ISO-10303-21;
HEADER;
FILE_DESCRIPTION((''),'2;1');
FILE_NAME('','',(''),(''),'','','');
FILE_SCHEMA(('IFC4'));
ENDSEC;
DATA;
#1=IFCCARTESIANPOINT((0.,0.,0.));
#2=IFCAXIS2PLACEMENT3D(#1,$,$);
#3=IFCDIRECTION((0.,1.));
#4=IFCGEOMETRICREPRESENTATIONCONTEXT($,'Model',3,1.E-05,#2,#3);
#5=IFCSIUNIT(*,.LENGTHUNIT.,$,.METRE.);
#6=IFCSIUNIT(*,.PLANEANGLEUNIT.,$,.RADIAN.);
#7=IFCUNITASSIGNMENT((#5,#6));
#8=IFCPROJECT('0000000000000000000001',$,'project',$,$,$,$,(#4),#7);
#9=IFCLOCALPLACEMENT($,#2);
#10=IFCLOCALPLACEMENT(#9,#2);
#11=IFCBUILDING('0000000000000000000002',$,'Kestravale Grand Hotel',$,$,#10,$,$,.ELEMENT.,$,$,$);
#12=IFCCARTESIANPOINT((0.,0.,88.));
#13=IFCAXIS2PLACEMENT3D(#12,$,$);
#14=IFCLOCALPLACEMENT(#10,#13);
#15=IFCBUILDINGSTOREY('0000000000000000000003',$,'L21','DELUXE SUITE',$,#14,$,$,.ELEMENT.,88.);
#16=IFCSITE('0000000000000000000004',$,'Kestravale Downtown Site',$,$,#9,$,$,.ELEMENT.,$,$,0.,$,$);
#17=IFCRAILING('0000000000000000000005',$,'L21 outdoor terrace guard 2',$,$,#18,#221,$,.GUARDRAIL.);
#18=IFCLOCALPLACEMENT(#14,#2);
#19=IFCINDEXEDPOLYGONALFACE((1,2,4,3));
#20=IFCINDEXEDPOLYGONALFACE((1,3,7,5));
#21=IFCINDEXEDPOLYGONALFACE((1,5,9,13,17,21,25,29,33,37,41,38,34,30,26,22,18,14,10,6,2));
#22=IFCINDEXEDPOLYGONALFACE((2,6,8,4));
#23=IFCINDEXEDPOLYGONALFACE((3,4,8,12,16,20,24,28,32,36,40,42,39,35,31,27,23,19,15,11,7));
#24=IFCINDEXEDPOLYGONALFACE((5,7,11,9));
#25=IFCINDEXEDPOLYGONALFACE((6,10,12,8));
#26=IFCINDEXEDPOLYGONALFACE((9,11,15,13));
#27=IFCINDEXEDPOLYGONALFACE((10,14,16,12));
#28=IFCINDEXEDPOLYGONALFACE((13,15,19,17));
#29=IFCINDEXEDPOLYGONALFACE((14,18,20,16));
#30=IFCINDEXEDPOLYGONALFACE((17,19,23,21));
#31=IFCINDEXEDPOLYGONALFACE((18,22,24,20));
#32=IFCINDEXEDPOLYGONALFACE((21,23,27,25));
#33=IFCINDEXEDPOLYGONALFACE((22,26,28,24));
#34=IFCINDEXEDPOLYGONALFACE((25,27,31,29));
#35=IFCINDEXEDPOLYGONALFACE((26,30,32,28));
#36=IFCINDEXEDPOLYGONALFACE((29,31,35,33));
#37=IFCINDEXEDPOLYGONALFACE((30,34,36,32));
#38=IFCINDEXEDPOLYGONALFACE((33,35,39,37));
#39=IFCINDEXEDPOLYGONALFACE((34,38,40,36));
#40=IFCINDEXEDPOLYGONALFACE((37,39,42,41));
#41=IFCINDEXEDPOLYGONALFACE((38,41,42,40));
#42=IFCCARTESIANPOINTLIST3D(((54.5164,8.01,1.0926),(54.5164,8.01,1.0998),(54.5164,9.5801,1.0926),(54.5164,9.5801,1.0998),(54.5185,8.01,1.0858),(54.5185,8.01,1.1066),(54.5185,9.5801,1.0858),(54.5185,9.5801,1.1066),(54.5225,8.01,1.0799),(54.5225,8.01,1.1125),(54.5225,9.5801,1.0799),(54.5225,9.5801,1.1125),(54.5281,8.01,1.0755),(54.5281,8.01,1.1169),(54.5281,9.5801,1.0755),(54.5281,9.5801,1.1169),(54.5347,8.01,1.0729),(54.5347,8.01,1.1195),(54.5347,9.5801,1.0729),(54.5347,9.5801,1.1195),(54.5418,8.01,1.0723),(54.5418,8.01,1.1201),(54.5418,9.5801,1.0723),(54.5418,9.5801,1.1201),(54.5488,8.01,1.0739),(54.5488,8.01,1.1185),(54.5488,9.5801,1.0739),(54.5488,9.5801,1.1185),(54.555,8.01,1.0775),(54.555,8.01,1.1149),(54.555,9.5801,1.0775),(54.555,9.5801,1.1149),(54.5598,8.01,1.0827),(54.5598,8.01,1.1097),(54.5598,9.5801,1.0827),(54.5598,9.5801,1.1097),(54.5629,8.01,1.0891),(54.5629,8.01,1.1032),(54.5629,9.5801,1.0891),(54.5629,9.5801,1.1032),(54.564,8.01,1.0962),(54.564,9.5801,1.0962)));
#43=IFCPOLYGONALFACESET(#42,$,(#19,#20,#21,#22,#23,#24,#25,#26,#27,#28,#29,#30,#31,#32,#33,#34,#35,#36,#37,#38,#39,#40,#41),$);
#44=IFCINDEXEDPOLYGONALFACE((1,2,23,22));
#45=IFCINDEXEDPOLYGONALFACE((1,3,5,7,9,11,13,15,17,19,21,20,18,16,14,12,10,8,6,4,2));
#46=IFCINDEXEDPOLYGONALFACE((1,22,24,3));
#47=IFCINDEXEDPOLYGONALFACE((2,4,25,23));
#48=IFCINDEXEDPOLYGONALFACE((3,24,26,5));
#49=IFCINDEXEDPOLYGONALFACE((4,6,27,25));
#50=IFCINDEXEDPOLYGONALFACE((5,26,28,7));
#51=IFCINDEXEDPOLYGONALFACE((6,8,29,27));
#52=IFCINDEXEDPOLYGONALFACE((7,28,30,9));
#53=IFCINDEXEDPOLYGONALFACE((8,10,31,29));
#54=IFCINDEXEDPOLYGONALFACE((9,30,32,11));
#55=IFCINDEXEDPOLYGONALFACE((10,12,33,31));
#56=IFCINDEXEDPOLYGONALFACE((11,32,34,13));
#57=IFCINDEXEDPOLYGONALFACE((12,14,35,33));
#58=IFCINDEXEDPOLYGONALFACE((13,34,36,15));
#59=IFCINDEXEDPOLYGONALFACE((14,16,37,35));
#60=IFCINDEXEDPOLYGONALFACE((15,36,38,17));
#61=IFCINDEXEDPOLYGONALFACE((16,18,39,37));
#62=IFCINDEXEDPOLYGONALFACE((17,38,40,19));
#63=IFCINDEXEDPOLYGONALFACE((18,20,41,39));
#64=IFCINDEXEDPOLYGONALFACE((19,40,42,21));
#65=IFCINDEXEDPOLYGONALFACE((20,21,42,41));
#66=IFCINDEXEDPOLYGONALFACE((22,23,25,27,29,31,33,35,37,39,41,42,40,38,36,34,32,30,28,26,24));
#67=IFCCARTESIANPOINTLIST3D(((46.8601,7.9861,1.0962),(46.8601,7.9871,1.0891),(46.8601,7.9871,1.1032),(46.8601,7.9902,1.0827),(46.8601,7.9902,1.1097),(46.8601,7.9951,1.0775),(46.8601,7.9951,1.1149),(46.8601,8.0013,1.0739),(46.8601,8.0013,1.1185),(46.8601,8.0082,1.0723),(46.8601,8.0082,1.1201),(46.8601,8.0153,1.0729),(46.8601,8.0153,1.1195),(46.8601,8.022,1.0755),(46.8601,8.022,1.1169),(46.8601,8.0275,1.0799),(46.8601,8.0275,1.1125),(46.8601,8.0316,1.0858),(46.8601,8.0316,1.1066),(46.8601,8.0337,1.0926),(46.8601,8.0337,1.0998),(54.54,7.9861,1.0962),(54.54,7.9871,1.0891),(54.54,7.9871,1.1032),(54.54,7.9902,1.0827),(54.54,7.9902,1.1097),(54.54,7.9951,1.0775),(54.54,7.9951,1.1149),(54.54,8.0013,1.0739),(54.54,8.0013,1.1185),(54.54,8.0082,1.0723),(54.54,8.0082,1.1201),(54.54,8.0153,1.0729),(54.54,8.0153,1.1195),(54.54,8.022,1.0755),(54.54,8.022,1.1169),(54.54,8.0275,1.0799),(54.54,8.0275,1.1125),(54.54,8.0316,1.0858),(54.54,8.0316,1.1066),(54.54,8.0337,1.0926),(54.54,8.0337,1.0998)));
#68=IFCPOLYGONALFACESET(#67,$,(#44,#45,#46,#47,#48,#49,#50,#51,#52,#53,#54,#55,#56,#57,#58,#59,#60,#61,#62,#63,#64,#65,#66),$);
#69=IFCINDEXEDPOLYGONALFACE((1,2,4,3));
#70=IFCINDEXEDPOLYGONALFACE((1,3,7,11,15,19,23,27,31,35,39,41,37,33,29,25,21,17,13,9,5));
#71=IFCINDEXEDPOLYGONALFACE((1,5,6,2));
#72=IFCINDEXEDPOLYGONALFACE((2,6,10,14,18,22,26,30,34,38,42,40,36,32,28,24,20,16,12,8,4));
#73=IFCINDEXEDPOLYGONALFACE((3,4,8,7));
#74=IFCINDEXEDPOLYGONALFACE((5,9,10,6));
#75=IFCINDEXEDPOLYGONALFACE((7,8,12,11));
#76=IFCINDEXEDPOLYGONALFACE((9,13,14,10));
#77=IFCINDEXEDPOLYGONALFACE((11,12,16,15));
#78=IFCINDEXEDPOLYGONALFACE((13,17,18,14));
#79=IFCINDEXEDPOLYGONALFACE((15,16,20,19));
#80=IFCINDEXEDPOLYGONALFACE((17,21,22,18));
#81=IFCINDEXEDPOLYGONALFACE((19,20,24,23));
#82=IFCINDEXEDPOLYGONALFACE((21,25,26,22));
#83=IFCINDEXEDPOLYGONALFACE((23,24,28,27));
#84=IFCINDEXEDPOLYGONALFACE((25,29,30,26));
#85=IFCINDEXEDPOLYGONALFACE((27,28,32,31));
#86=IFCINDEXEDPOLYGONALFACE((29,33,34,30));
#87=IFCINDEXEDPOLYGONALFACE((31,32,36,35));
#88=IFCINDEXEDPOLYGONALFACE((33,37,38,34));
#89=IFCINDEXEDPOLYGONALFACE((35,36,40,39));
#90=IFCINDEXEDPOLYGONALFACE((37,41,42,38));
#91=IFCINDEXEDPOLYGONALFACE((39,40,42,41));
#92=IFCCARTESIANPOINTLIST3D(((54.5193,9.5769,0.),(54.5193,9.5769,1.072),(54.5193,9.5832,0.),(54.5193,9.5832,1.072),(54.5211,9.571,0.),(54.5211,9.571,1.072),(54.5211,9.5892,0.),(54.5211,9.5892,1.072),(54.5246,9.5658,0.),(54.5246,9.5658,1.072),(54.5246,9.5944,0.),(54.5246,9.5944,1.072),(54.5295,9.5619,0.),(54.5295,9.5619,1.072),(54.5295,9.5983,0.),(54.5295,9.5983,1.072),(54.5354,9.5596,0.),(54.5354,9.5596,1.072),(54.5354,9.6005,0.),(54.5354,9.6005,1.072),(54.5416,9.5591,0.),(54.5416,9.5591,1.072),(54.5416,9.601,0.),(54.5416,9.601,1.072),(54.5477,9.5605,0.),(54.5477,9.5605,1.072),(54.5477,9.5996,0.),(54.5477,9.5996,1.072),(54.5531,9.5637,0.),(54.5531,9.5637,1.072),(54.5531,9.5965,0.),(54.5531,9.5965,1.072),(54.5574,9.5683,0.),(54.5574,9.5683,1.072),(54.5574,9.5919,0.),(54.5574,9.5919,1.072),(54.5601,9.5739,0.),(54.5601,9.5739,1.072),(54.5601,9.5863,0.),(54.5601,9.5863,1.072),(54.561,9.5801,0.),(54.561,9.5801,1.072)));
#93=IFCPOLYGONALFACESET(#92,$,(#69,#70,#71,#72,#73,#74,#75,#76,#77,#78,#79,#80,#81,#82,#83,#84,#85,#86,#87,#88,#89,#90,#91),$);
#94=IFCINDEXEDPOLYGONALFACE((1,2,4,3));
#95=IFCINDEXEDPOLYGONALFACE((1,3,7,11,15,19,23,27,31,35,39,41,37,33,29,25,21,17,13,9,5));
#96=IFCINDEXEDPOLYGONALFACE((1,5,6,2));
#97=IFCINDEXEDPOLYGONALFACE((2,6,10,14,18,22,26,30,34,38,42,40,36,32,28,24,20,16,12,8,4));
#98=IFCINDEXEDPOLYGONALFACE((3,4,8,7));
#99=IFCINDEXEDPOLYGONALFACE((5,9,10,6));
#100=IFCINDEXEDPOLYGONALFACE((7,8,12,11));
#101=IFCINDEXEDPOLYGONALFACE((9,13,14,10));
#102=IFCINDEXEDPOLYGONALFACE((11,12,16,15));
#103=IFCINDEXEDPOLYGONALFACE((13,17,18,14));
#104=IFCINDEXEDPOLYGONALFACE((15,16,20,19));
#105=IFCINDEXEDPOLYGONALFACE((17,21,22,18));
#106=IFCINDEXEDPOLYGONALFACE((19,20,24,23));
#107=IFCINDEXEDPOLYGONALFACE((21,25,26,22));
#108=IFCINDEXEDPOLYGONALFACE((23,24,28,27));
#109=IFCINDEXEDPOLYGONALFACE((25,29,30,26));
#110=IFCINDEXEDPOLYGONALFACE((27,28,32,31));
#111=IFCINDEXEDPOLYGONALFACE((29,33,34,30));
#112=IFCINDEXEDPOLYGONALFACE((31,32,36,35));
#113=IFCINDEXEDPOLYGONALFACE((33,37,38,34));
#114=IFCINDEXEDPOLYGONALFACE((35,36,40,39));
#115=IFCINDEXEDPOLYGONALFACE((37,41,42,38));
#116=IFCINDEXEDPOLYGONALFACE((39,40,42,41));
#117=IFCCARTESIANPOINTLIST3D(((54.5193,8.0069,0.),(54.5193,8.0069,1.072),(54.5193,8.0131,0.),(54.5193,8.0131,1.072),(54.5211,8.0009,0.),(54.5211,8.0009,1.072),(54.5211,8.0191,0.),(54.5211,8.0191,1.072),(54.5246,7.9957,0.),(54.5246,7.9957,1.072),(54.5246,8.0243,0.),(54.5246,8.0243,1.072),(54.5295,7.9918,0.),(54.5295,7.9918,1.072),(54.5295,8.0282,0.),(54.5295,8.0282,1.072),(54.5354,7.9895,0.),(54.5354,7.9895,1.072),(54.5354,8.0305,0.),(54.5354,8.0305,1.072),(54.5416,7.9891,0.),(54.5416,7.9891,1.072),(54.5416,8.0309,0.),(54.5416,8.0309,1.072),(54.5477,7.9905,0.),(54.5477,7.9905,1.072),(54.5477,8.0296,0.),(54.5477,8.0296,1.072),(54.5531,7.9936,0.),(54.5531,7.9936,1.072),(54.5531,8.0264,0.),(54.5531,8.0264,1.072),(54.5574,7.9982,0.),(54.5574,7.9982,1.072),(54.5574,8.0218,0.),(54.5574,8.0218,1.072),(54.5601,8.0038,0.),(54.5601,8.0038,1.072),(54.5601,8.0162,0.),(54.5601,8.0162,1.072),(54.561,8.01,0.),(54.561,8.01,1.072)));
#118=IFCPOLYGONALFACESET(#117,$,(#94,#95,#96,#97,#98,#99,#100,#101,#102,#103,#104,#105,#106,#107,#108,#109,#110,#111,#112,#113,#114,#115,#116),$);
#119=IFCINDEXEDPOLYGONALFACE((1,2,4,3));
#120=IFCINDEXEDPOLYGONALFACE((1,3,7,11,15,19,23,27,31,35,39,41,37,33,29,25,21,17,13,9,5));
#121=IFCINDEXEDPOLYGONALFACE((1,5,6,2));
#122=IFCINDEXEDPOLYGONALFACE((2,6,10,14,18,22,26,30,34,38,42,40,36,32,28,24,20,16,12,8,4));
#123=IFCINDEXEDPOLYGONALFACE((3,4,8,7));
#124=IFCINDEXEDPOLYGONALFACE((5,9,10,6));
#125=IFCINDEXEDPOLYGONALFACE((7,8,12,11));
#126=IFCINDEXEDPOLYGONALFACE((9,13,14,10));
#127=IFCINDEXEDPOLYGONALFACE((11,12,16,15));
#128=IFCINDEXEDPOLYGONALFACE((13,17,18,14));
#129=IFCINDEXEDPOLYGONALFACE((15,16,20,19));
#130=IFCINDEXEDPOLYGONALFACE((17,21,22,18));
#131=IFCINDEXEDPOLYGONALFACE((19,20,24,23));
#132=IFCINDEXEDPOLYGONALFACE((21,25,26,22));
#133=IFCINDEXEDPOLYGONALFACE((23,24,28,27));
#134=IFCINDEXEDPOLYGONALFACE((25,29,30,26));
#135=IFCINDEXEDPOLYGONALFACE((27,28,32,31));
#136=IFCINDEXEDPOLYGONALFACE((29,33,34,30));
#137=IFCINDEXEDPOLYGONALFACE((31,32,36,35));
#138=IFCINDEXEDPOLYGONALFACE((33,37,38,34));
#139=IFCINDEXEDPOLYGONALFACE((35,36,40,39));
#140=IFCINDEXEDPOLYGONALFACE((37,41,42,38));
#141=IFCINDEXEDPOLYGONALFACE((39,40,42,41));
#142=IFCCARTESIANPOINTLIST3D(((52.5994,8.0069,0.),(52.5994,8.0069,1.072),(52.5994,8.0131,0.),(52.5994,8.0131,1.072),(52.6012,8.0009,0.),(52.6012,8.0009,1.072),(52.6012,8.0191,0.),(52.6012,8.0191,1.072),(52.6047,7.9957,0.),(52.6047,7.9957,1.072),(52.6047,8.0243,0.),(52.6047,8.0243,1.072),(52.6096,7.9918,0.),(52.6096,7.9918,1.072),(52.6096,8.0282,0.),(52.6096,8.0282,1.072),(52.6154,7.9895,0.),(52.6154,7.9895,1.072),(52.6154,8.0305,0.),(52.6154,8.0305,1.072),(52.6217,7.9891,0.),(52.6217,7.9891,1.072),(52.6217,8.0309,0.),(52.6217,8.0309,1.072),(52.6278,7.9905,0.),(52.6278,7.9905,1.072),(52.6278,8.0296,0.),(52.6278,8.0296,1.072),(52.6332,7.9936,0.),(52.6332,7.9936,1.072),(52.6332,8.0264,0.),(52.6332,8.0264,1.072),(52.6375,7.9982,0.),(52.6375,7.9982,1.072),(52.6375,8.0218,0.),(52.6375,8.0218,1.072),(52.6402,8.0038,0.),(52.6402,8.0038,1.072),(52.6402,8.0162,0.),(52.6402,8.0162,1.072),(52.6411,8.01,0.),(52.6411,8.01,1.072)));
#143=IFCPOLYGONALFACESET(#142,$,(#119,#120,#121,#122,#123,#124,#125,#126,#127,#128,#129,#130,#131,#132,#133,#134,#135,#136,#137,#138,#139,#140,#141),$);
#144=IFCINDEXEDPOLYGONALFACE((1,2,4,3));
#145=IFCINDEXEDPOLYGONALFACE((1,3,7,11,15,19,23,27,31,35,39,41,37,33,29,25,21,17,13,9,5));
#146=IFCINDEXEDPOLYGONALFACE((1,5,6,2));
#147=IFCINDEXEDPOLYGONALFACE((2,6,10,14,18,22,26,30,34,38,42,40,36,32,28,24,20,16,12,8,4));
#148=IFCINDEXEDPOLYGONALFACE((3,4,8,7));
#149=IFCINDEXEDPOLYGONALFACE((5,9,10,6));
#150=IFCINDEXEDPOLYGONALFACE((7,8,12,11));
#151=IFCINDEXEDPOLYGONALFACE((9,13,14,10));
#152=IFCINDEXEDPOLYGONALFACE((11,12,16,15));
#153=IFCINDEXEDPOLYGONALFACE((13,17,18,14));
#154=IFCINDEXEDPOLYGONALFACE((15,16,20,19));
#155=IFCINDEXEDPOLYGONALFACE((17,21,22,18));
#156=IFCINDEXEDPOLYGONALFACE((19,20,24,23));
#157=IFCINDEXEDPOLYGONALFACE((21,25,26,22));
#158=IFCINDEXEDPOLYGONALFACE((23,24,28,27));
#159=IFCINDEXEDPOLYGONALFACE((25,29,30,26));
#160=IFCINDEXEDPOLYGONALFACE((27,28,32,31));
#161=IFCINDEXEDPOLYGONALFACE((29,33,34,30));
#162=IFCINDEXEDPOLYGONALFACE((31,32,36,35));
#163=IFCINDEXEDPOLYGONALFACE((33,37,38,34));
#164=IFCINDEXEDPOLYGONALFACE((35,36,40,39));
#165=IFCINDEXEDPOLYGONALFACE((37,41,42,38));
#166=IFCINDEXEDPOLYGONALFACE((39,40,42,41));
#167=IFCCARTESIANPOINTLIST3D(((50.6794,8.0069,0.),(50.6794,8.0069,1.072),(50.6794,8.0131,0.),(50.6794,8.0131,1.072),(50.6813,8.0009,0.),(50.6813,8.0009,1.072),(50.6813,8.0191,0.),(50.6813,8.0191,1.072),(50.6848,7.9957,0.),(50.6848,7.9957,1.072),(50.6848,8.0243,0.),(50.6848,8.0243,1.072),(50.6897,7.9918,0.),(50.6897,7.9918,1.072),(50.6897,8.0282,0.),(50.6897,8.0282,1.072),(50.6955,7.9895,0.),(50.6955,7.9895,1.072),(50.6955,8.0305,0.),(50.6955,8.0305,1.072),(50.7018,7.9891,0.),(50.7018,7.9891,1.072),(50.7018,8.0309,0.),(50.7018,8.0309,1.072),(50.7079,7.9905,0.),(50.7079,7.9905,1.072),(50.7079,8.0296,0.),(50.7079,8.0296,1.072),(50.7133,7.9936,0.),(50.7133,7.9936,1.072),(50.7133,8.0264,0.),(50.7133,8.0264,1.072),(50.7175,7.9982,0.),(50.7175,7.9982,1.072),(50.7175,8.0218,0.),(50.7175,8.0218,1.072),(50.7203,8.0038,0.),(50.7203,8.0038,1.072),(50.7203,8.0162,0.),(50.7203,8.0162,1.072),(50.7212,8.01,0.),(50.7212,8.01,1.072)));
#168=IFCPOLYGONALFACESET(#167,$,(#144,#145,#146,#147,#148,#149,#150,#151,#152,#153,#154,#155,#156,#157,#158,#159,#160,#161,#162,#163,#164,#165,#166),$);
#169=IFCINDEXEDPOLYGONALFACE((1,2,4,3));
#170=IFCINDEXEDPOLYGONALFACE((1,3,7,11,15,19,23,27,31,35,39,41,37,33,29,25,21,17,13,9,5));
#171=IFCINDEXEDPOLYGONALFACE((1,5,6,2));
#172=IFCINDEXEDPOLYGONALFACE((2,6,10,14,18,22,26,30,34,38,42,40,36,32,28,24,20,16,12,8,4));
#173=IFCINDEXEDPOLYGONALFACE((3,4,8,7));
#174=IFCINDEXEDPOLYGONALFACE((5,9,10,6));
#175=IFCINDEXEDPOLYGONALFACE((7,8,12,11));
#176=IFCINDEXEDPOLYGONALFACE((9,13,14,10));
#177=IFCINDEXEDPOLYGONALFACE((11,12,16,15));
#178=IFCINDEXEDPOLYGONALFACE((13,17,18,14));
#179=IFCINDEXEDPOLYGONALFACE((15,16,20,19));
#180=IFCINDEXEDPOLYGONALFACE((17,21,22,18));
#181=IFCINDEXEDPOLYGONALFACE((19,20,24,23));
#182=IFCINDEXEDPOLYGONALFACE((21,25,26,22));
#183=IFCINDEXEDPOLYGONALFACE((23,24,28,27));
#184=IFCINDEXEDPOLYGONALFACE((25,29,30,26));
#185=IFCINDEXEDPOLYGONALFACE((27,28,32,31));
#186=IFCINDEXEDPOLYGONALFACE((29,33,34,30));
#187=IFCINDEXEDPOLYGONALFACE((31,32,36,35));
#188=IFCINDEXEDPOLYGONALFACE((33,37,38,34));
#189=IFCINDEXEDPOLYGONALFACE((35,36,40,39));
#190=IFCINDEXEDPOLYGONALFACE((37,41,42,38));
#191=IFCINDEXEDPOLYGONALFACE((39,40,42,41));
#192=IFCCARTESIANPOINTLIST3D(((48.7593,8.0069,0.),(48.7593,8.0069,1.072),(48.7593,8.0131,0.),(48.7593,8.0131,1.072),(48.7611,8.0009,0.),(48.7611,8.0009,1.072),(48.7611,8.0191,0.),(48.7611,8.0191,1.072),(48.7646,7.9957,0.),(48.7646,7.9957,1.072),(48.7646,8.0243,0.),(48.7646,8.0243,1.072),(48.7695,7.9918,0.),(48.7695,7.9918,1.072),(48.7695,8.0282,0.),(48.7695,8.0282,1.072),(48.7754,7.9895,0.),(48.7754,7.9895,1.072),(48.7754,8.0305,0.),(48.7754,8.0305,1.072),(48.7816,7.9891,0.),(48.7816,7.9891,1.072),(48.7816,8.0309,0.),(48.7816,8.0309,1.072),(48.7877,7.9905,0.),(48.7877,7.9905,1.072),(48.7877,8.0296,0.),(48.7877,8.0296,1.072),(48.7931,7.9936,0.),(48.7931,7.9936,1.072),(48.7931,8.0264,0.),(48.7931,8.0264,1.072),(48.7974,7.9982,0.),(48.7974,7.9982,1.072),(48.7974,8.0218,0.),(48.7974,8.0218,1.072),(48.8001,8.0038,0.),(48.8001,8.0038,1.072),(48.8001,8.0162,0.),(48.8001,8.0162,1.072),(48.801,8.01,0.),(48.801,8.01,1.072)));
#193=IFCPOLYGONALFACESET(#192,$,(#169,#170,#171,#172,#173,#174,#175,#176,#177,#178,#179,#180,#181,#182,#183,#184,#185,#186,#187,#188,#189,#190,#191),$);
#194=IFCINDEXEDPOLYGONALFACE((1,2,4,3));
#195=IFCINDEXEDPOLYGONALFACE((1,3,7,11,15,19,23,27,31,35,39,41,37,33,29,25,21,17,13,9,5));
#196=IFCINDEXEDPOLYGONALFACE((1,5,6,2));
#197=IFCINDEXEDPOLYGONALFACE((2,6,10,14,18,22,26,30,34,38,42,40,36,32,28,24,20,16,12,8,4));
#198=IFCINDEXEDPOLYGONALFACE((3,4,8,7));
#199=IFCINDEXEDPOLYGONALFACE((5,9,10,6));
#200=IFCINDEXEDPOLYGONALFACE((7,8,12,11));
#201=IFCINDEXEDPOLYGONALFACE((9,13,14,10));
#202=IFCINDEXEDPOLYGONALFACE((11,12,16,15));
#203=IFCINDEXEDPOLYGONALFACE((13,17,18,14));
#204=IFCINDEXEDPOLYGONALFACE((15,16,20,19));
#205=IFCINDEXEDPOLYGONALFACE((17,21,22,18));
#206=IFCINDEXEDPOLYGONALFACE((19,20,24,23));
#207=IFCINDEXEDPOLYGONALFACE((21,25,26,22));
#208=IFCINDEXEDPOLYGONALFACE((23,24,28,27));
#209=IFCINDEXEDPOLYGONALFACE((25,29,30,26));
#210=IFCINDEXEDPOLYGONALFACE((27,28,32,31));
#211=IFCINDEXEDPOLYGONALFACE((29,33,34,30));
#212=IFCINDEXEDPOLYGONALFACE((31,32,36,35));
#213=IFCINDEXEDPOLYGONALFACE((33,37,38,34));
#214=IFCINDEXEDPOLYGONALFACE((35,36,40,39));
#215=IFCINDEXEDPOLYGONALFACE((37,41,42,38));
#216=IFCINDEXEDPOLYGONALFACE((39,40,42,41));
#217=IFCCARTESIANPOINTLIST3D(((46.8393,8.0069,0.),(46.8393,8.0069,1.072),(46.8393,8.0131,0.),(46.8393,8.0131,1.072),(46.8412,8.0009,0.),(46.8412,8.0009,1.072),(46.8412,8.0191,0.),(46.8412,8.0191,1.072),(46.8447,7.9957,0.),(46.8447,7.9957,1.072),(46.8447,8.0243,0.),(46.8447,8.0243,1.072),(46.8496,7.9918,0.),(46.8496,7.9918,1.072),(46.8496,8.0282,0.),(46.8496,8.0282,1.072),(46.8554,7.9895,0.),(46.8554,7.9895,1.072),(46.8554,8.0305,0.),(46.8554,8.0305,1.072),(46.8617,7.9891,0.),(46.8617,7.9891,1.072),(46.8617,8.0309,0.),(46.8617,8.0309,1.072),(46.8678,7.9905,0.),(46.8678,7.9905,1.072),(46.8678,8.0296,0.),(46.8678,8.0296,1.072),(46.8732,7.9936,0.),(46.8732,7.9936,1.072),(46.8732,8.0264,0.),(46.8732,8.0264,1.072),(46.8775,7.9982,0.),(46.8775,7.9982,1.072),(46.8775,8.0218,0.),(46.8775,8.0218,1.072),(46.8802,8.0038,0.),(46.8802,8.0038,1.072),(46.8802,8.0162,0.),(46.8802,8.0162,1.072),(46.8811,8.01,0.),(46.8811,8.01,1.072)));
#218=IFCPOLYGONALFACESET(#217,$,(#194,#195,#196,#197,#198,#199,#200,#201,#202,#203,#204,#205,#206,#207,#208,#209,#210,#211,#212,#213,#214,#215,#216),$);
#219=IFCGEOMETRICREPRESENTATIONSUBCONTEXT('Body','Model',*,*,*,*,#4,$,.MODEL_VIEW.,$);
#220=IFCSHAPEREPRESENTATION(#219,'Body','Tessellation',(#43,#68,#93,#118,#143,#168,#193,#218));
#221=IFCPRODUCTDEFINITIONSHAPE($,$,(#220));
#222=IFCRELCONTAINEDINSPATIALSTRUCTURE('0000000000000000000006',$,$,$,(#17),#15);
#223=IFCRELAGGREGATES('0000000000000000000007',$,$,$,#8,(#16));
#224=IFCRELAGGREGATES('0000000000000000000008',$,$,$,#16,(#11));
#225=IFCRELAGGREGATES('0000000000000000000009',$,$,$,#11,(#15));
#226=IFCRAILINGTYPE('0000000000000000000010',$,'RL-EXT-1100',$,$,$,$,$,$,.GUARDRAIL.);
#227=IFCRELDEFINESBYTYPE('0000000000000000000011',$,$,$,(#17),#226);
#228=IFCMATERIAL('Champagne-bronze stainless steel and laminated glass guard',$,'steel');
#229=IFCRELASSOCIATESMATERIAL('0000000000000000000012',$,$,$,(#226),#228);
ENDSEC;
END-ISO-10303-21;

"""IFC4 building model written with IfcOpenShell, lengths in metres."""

from ifc_helpers import new_model, si_unit, direction, frame, origin, origin_2d, place, context, subcontext, project, spatial, circle, extrude, material, type_object, element, save


model = new_model("IFC4")

# Units and contexts
model_context = context("Model", 3, precision=1e-05, world=origin(), true_north=direction((0.0, 1.0)))
body_context = subcontext(model_context, "Body", "Model", "MODEL_VIEW")
ifc_project = project(units=[si_unit("LENGTHUNIT", "METRE"), si_unit("PLANEANGLEUNIT", "RADIAN")], contexts=[model_context])

# Site, building, storey
site_placement = place(None, origin())
site = spatial("IfcSite", under=ifc_project, at=site_placement, Name="Kestravale Downtown Site", CompositionType="ELEMENT", RefElevation=0.0)
building_placement = place(site_placement, origin())
building = spatial("IfcBuilding", under=site, at=building_placement, Name="Kestravale Grand Hotel", CompositionType="ELEMENT")
storey_placement = place(building_placement, frame((0.0, 0.0, 88.0)))
storey = spatial("IfcBuildingStorey", under=building, at=storey_placement, Name="L21", Description="DELUXE SUITE", CompositionType="ELEMENT", Elevation=88.0)

# Railing
ifc_material_1 = material(Name="Champagne-bronze stainless steel and laminated glass guard", Category="steel")
railing_type = type_object("IfcRailingType", Name="RL-EXT-1100", PredefinedType="GUARDRAIL", material=ifc_material_1)
railing_1_placement = place(storey_placement, frame((54.54, 9.5801, 0.0)))
element("IfcRailing", 1, at=railing_1_placement, inside=storey, type_object=railing_type, Name="L21 outdoor terrace guard 2", PredefinedType="GUARDRAIL", context=body_context, shape_type="SweptSolid", body=[
    extrude(circle(Radius=0.0239, at=origin_2d()), frame((0.0, 0.0, 1.0962), z_axis=(0.0, -1.0, 0.0), x_axis=(1.0, 0.0, 0.0)), (0.0, 0.0, 1.0), 1.5701),
    extrude(circle(Radius=0.0239, at=origin_2d()), frame((0.0, -1.5701, 1.0962), z_axis=(-1.0, 0.0, 0.0), x_axis=(0.0, -1.0, 0.0)), (0.0, 0.0, 1.0), 7.6799),
    extrude(circle(Radius=0.021, at=origin_2d()), origin(), (0.0, 0.0, 1.0), 1.072),
    extrude(circle(Radius=0.021, at=origin_2d()), frame((0.0, -1.5701, 0.0)), (0.0, 0.0, 1.0), 1.072),
    extrude(circle(Radius=0.021, at=origin_2d()), frame((-1.9199, -1.5701, 0.0)), (0.0, 0.0, 1.0), 1.072),
    extrude(circle(Radius=0.021, at=origin_2d()), frame((-3.8398, -1.5701, 0.0)), (0.0, 0.0, 1.0), 1.072),
    extrude(circle(Radius=0.021, at=origin_2d()), frame((-5.76, -1.5701, 0.0)), (0.0, 0.0, 1.0), 1.072),
    extrude(circle(Radius=0.021, at=origin_2d()), frame((-7.6799, -1.5701, 0.0)), (0.0, 0.0, 1.0), 1.072),
])

save(model, "model.ifc")
